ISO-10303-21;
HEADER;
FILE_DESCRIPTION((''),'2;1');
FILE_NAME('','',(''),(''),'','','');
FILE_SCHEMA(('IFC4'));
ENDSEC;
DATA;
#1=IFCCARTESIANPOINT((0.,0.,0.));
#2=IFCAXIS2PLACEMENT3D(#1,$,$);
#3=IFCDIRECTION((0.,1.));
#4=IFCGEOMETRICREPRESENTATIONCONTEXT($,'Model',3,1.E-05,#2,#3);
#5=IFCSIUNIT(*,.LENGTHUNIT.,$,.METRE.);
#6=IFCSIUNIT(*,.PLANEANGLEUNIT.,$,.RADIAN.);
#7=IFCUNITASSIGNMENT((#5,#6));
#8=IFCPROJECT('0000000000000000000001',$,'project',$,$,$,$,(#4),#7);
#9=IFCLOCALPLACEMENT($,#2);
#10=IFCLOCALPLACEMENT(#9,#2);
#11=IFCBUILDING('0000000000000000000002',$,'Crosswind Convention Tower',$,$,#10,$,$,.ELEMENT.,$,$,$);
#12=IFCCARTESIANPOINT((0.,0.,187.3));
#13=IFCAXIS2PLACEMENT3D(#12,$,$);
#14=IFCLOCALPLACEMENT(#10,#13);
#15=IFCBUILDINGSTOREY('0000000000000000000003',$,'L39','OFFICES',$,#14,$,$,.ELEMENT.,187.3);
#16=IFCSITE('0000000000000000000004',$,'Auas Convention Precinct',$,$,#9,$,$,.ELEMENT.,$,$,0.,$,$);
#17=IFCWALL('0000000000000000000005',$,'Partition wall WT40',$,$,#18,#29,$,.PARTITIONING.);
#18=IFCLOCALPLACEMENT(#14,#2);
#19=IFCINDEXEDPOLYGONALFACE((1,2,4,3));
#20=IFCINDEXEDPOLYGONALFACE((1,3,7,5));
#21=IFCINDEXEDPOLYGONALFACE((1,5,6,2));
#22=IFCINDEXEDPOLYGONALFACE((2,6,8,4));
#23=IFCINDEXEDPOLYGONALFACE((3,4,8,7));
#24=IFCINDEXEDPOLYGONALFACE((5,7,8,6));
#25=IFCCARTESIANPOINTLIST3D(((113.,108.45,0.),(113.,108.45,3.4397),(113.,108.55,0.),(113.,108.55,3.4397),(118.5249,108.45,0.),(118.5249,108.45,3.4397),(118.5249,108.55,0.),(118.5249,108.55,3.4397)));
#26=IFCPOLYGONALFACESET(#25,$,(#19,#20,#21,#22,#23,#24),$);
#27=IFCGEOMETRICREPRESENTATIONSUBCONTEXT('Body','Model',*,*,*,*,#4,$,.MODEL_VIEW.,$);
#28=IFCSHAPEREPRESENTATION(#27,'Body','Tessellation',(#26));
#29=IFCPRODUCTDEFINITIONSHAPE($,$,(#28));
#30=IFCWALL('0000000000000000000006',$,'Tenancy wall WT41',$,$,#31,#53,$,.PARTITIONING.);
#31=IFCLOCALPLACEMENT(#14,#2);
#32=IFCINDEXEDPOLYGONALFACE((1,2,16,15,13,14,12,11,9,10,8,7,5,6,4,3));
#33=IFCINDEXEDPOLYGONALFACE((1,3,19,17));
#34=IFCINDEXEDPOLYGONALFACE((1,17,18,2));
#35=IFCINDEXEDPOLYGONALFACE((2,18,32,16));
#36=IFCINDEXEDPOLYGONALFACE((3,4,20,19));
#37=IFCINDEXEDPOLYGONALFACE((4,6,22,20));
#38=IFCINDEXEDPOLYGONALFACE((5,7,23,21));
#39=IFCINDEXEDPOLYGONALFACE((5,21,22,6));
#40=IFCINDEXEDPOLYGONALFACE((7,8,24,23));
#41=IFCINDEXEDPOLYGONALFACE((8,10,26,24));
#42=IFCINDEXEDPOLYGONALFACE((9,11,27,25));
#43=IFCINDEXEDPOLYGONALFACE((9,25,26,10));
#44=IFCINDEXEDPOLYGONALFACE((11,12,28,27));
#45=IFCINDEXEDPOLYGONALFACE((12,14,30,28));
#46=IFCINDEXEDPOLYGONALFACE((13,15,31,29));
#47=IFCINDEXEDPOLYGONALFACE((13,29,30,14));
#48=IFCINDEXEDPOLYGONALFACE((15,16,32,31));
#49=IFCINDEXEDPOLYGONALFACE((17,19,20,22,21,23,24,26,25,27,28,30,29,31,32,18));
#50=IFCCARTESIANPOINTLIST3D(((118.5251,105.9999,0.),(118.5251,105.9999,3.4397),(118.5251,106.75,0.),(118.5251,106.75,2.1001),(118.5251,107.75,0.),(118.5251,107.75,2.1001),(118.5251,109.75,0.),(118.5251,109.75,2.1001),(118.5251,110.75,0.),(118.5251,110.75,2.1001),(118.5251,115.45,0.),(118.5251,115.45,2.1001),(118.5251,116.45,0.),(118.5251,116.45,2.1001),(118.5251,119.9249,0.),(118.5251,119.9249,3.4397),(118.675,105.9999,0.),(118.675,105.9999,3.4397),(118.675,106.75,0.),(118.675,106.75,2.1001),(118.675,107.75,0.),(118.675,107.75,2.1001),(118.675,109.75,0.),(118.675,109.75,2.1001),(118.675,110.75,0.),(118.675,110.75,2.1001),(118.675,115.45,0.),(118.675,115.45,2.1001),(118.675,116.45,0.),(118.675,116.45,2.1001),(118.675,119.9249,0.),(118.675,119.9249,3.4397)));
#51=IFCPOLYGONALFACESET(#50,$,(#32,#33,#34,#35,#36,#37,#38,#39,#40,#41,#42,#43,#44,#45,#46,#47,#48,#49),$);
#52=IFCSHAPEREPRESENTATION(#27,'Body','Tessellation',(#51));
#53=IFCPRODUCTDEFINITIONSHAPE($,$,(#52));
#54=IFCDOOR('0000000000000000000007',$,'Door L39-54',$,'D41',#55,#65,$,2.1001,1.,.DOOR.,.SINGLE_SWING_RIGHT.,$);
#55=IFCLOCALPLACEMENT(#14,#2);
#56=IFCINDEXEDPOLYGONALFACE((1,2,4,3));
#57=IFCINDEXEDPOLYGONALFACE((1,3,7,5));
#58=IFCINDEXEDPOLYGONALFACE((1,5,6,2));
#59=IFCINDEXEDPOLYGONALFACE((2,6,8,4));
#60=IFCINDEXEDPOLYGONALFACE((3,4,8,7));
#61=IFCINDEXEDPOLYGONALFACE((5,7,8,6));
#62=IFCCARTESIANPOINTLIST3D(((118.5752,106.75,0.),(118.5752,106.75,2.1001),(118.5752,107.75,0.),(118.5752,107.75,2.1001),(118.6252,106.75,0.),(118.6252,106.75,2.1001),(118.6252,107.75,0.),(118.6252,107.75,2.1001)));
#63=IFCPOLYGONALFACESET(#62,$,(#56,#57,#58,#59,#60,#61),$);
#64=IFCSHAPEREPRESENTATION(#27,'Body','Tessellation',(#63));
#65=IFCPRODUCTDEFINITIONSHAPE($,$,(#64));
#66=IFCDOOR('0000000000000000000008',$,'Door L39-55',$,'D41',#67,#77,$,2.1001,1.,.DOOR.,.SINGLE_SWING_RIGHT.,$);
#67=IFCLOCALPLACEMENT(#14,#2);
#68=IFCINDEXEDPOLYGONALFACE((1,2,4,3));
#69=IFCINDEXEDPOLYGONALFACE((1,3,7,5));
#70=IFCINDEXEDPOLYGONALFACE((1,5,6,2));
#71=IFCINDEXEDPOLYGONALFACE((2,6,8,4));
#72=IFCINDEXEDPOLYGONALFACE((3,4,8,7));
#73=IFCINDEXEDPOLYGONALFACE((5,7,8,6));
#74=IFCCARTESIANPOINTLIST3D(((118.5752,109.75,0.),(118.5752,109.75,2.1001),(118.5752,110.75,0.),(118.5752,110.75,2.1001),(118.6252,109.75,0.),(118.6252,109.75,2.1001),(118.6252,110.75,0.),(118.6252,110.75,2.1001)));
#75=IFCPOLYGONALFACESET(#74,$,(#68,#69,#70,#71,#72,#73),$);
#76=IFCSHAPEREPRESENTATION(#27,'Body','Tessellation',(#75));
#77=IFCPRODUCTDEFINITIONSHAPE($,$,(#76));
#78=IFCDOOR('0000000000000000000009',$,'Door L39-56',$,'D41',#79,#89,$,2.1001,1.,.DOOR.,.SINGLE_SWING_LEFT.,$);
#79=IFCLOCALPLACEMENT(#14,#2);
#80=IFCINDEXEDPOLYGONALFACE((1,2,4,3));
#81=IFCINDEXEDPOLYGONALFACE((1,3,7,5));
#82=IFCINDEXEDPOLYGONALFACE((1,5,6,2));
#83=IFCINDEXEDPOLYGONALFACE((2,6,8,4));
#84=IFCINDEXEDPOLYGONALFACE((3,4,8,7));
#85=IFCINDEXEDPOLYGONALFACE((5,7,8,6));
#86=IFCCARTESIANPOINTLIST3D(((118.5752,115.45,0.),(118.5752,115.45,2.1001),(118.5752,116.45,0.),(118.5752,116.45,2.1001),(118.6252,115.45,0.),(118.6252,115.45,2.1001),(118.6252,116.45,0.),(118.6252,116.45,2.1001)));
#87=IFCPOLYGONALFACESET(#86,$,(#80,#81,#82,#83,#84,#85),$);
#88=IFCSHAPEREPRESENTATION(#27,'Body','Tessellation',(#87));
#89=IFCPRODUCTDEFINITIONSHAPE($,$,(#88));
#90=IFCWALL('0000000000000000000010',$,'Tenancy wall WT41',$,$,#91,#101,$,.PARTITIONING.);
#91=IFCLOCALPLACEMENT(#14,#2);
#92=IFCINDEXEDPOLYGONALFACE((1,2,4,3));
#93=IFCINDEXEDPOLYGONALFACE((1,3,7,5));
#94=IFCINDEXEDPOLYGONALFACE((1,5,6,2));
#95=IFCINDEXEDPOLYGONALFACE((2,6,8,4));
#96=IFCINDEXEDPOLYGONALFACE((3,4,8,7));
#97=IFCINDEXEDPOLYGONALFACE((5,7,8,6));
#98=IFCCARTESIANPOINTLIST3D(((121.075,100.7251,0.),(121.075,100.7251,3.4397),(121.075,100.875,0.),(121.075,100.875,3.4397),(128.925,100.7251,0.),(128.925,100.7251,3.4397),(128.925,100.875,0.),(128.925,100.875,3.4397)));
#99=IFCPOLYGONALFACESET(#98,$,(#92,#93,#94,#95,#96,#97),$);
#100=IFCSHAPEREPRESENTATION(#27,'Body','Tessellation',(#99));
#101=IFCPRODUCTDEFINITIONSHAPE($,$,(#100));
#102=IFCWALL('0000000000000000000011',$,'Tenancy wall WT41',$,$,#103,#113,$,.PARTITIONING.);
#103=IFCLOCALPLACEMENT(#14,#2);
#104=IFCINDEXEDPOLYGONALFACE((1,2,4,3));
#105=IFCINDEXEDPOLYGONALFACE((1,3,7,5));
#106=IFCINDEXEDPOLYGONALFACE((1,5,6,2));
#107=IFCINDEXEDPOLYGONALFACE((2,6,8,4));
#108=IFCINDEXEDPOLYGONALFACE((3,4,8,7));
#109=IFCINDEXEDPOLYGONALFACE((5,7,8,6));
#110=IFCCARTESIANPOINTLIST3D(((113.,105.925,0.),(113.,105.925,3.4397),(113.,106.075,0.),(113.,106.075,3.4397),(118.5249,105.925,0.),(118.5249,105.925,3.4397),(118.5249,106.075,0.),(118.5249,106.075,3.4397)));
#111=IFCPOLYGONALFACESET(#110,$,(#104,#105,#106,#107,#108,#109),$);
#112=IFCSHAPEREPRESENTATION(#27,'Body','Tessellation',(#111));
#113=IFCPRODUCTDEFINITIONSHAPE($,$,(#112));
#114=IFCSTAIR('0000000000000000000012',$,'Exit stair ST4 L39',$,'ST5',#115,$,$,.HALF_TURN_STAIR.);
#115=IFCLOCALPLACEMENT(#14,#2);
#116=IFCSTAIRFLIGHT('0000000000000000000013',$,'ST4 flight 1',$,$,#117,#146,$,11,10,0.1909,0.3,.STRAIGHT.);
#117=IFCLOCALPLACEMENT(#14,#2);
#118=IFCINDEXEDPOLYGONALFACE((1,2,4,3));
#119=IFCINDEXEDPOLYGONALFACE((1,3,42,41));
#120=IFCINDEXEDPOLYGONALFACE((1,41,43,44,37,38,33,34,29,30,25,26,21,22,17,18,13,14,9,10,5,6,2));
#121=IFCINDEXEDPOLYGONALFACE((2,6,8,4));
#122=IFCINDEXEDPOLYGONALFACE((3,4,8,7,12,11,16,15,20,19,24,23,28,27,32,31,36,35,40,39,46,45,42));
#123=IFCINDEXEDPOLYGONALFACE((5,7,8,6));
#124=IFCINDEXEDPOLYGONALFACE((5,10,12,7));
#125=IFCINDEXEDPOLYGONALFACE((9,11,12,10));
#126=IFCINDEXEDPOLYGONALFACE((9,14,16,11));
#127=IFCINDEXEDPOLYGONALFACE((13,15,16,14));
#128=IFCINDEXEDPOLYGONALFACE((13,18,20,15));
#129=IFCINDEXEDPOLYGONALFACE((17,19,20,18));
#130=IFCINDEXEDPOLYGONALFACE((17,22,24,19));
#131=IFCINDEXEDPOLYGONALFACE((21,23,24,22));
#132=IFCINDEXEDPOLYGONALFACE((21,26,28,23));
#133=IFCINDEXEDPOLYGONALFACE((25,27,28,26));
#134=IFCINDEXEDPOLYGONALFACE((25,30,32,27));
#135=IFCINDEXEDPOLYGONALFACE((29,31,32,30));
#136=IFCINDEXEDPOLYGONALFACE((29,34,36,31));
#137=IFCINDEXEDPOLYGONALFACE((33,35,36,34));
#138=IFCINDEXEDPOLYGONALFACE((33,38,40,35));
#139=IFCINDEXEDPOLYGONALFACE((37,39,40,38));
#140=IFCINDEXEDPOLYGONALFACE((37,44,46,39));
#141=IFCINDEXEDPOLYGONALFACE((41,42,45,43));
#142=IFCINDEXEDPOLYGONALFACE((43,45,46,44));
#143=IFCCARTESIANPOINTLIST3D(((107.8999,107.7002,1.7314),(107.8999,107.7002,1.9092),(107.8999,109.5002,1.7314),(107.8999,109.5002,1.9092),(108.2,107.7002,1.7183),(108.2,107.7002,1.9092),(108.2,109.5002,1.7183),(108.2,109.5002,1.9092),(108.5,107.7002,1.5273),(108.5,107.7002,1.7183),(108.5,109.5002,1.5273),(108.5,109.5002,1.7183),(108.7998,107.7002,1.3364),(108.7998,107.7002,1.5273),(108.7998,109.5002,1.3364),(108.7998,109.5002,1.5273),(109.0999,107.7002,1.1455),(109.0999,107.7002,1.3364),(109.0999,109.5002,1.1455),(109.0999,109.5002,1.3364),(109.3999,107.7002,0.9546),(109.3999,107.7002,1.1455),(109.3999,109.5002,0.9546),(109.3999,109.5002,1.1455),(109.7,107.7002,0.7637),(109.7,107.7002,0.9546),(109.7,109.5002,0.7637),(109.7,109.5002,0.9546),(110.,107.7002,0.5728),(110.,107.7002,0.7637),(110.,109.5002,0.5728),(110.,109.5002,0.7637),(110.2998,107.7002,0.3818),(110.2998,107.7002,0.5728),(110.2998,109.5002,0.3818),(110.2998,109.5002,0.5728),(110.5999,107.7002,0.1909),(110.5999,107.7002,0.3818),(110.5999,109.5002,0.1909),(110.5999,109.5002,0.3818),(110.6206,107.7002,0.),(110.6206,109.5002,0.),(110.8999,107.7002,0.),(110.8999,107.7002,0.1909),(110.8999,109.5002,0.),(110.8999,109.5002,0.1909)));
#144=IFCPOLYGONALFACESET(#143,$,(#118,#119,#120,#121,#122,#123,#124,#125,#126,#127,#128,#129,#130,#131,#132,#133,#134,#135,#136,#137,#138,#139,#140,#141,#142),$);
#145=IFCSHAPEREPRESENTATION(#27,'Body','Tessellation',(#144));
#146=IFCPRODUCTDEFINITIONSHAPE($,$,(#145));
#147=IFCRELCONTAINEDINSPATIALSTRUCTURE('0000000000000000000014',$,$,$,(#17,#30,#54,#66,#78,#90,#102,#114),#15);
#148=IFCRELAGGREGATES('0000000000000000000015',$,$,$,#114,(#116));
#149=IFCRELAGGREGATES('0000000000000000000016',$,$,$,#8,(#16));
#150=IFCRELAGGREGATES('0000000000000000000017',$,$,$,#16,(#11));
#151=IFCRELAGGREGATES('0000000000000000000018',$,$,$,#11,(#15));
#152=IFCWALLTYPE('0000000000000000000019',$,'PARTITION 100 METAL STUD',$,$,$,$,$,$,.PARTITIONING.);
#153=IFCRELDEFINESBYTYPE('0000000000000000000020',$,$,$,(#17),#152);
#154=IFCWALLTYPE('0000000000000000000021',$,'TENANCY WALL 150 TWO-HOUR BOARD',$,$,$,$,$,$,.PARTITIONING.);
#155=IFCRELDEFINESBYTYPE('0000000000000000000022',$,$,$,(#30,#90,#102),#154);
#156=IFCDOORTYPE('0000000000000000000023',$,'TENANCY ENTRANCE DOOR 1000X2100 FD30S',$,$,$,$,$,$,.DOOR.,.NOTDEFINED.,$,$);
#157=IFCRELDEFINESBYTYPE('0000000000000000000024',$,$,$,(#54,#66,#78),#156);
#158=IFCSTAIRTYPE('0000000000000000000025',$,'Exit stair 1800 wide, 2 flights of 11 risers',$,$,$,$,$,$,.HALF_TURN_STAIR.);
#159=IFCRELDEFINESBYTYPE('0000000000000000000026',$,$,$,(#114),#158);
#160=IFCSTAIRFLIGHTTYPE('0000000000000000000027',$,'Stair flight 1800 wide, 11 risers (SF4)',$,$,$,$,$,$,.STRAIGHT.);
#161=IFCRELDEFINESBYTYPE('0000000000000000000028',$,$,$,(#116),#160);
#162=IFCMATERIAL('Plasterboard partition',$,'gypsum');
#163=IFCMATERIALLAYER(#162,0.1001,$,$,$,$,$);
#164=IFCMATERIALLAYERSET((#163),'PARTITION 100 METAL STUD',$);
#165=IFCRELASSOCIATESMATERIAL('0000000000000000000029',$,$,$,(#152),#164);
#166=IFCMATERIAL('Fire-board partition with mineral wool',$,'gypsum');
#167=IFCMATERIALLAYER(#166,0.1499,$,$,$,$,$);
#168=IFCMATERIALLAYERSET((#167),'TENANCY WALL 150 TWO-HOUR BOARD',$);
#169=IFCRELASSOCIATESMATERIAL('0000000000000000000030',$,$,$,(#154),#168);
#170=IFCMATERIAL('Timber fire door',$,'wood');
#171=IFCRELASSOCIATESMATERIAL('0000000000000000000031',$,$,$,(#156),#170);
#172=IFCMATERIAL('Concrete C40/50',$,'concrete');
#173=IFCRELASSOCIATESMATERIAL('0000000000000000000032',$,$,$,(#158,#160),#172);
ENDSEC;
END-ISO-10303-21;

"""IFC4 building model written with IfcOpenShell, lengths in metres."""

from ifc_helpers import new_model, si_unit, direction, frame, frame_2d, origin, place, context, subcontext, project, spatial, polyline, rectangle, outline, extrude, material, layer, layer_set, type_object, element, fill, aggregate, save


model = new_model("IFC4")

# Units and contexts
model_context = context("Model", 3, precision=1e-05, world=origin(), true_north=direction((0.0, 1.0)))
body_context = subcontext(model_context, "Body", "Model", "MODEL_VIEW")
ifc_project = project(units=[si_unit("LENGTHUNIT", "METRE"), si_unit("PLANEANGLEUNIT", "RADIAN")], contexts=[model_context])

# Site, building, storey
site_placement = place(None, origin())
site = spatial("IfcSite", under=ifc_project, at=site_placement, Name="Auas Convention Precinct", CompositionType="ELEMENT", RefElevation=0.0)
building_placement = place(site_placement, origin())
building = spatial("IfcBuilding", under=site, at=building_placement, Name="Crosswind Convention Tower", CompositionType="ELEMENT")
storey_placement = place(building_placement, frame((0.0, 0.0, 187.3)))
storey = spatial("IfcBuildingStorey", under=building, at=storey_placement, Name="L39", Description="OFFICES", CompositionType="ELEMENT", Elevation=187.3)

# Wall
ifc_material_1 = material(Name="Plasterboard partition", Category="gypsum")
ifc_layer_1 = layer(ifc_material_1, 0.1001)
ifc_layer_set_1 = layer_set([ifc_layer_1], Name="PARTITION 100 METAL STUD")
wall_type_1 = type_object("IfcWallType", Name="PARTITION 100 METAL STUD", PredefinedType="PARTITIONING", material=ifc_layer_set_1)
wall_1_placement = place(storey_placement, frame((113.0, 108.5, 0.0), z_axis=(0.0, 0.0, 1.0), x_axis=(1.0, 0.0, 0.0)))
element("IfcWall", 1, at=wall_1_placement, inside=storey, type_object=wall_type_1, Name="Partition wall WT40", PredefinedType="PARTITIONING", context=body_context, shape_type="SweptSolid", body=[
    extrude(rectangle(XDim=5.5249, YDim=0.1001, at=frame_2d((2.7625, 0.0))), origin(), (0.0, 0.0, 1.0), 3.4397),
])

# Wall, openings, doors
ifc_material_2 = material(Name="Fire-board partition with mineral wool", Category="gypsum")
ifc_layer_2 = layer(ifc_material_2, 0.1499)
ifc_layer_set_2 = layer_set([ifc_layer_2], Name="TENANCY WALL 150 TWO-HOUR BOARD")
wall_type_2 = type_object("IfcWallType", Name="TENANCY WALL 150 TWO-HOUR BOARD", PredefinedType="PARTITIONING", material=ifc_layer_set_2)
wall_2_placement = place(storey_placement, frame((118.6001, 106.0, 0.0), z_axis=(0.0, 0.0, 1.0), x_axis=(0.0, 1.0, 0.0)))
wall_2 = element("IfcWall", 2, at=wall_2_placement, inside=storey, type_object=wall_type_2, Name="Tenancy wall WT41", PredefinedType="PARTITIONING", context=body_context, shape_type="SweptSolid", body=[
    extrude(rectangle(XDim=13.925, YDim=0.1499, at=frame_2d((6.9624, 0.0))), origin(), (0.0, 0.0, 1.0), 3.4397),
])
opening_1_placement = place(wall_2_placement, frame((0.75, 0.0, 0.0)))
opening_1 = element("IfcOpeningElement", 3, at=opening_1_placement, cuts=wall_2, PredefinedType="OPENING", context=body_context, shape_type="SweptSolid", body=[
    extrude(rectangle(XDim=1.0, YDim=2.1001, at=frame_2d((0.5, 1.05))), frame((0.0, 0.085, 0.0), z_axis=(0.0, -1.0, 0.0), x_axis=(1.0, 0.0, 0.0)), (0.0, 0.0, 1.0), 0.1699),
])
opening_2_placement = place(wall_2_placement, frame((3.75, 0.0, 0.0)))
opening_2 = element("IfcOpeningElement", 4, at=opening_2_placement, cuts=wall_2, PredefinedType="OPENING", context=body_context, shape_type="SweptSolid", body=[
    extrude(rectangle(XDim=1.0, YDim=2.1001, at=frame_2d((0.5, 1.05))), frame((0.0, 0.085, 0.0), z_axis=(0.0, -1.0, 0.0), x_axis=(1.0, 0.0, 0.0)), (0.0, 0.0, 1.0), 0.1699),
])
opening_3_placement = place(wall_2_placement, frame((9.45, 0.0, 0.0)))
opening_3 = element("IfcOpeningElement", 5, at=opening_3_placement, cuts=wall_2, PredefinedType="OPENING", context=body_context, shape_type="SweptSolid", body=[
    extrude(rectangle(XDim=1.0, YDim=2.1001, at=frame_2d((0.5, 1.05))), frame((0.0, 0.085, 0.0), z_axis=(0.0, -1.0, 0.0), x_axis=(1.0, 0.0, 0.0)), (0.0, 0.0, 1.0), 0.1699),
])
ifc_material_3 = material(Name="Timber fire door", Category="wood")
door_type_1 = type_object("IfcDoorType", Name="TENANCY ENTRANCE DOOR 1000X2100 FD30S", OperationType="NOTDEFINED", PredefinedType="DOOR", material=ifc_material_3)
door_1_placement = place(opening_1_placement, origin())
door_1 = element("IfcDoor", 6, at=door_1_placement, inside=storey, type_object=door_type_1, Name="Door L39-54", ObjectType="D41", OperationType="SINGLE_SWING_RIGHT", OverallHeight=2.1001, OverallWidth=1.0, PredefinedType="DOOR", context=body_context, shape_type="SweptSolid", body=[
    extrude(rectangle(XDim=1.0, YDim=2.1001, at=frame_2d((0.5, 1.05))), frame((0.0, 0.0249, 0.0), z_axis=(0.0, -1.0, 0.0), x_axis=(1.0, 0.0, 0.0)), (0.0, 0.0, 1.0), 0.05),
])
fill(opening_1, door_1)
door_2_placement = place(opening_2_placement, origin())
door_2 = element("IfcDoor", 7, at=door_2_placement, inside=storey, type_object=door_type_1, Name="Door L39-55", ObjectType="D41", OperationType="SINGLE_SWING_RIGHT", OverallHeight=2.1001, OverallWidth=1.0, PredefinedType="DOOR", context=body_context, shape_type="SweptSolid", body=[
    extrude(rectangle(XDim=1.0, YDim=2.1001, at=frame_2d((0.5, 1.05))), frame((0.0, 0.0249, 0.0), z_axis=(0.0, -1.0, 0.0), x_axis=(1.0, 0.0, 0.0)), (0.0, 0.0, 1.0), 0.05),
])
fill(opening_2, door_2)
door_3_placement = place(opening_3_placement, origin())
door_3 = element("IfcDoor", 8, at=door_3_placement, inside=storey, type_object=door_type_1, Name="Door L39-56", ObjectType="D41", OperationType="SINGLE_SWING_LEFT", OverallHeight=2.1001, OverallWidth=1.0, PredefinedType="DOOR", context=body_context, shape_type="SweptSolid", body=[
    extrude(rectangle(XDim=1.0, YDim=2.1001, at=frame_2d((0.5, 1.05))), frame((0.0, 0.0249, 0.0), z_axis=(0.0, -1.0, 0.0), x_axis=(1.0, 0.0, 0.0)), (0.0, 0.0, 1.0), 0.05),
])
fill(opening_3, door_3)

# Walls
wall_3_placement = place(storey_placement, frame((121.075, 100.8, 0.0), z_axis=(0.0, 0.0, 1.0), x_axis=(1.0, 0.0, 0.0)))
element("IfcWall", 9, at=wall_3_placement, inside=storey, type_object=wall_type_2, Name="Tenancy wall WT41", PredefinedType="PARTITIONING", context=body_context, shape_type="SweptSolid", body=[
    extrude(rectangle(XDim=7.8501, YDim=0.1499, at=frame_2d((3.925, 0.0))), origin(), (0.0, 0.0, 1.0), 3.4397),
])
wall_4_placement = place(storey_placement, frame((113.0, 106.0, 0.0), z_axis=(0.0, 0.0, 1.0), x_axis=(1.0, 0.0, 0.0)))
element("IfcWall", 10, at=wall_4_placement, inside=storey, type_object=wall_type_2, Name="Tenancy wall WT41", PredefinedType="PARTITIONING", context=body_context, shape_type="SweptSolid", body=[
    extrude(rectangle(XDim=5.5249, YDim=0.1499, at=frame_2d((2.7625, 0.0))), origin(), (0.0, 0.0, 1.0), 3.4397),
])

# Stair, stair flight
ifc_material_4 = material(Name="Concrete C40/50", Category="concrete")
stair_type = type_object("IfcStairType", Name="Exit stair 1800 wide, 2 flights of 11 risers", PredefinedType="HALF_TURN_STAIR", material=ifc_material_4)
stair_placement = place(storey_placement, origin())
stair = element("IfcStair", 11, at=stair_placement, inside=storey, type_object=stair_type, Name="Exit stair ST4 L39", ObjectType="ST5", PredefinedType="HALF_TURN_STAIR")
stair_flight_type = type_object("IfcStairFlightType", Name="Stair flight 1800 wide, 11 risers (SF4)", PredefinedType="STRAIGHT", material=ifc_material_4)
stair_flight_placement = place(storey_placement, frame((110.8999, 108.6001, 0.0), z_axis=(0.0, 0.0, 1.0), x_axis=(-1.0, 0.0, 0.0)))
stair_flight = element("IfcStairFlight", 12, at=stair_flight_placement, type_object=stair_flight_type, Name="ST4 flight 1", NumberOfRisers=11, NumberOfTreads=10, PredefinedType="STRAIGHT", RiserHeight=0.1909, TreadLength=0.3, context=body_context, shape_type="SweptSolid", body=[
    extrude(outline(polyline([(0.0, 0.0), (0.0, 0.1909), (0.3, 0.1909), (0.3, 0.3818), (0.6001, 0.3818), (0.6001, 0.5728), (0.8999, 0.5728), (0.8999, 0.7637), (1.2, 0.7637), (1.2, 0.9546), (1.5, 0.9546), (1.5, 1.1455), (1.8, 1.1455), (1.8, 1.3364), (2.1001, 1.3364), (2.1001, 1.5273), (2.3999, 1.5273), (2.3999, 1.7183), (2.7, 1.7183), (2.7, 1.9092), (3.0, 1.9092), (3.0, 2.1001), (3.0, 1.7314), (0.2793, 0.0), (0.0, 0.0)])), frame((0.0, 0.8999, 0.0), z_axis=(0.0, -1.0, 0.0), x_axis=(1.0, 0.0, 0.0)), (0.0, 0.0, 1.0), 1.8),
])
aggregate(stair, [stair_flight])

save(model, "model.ifc")
